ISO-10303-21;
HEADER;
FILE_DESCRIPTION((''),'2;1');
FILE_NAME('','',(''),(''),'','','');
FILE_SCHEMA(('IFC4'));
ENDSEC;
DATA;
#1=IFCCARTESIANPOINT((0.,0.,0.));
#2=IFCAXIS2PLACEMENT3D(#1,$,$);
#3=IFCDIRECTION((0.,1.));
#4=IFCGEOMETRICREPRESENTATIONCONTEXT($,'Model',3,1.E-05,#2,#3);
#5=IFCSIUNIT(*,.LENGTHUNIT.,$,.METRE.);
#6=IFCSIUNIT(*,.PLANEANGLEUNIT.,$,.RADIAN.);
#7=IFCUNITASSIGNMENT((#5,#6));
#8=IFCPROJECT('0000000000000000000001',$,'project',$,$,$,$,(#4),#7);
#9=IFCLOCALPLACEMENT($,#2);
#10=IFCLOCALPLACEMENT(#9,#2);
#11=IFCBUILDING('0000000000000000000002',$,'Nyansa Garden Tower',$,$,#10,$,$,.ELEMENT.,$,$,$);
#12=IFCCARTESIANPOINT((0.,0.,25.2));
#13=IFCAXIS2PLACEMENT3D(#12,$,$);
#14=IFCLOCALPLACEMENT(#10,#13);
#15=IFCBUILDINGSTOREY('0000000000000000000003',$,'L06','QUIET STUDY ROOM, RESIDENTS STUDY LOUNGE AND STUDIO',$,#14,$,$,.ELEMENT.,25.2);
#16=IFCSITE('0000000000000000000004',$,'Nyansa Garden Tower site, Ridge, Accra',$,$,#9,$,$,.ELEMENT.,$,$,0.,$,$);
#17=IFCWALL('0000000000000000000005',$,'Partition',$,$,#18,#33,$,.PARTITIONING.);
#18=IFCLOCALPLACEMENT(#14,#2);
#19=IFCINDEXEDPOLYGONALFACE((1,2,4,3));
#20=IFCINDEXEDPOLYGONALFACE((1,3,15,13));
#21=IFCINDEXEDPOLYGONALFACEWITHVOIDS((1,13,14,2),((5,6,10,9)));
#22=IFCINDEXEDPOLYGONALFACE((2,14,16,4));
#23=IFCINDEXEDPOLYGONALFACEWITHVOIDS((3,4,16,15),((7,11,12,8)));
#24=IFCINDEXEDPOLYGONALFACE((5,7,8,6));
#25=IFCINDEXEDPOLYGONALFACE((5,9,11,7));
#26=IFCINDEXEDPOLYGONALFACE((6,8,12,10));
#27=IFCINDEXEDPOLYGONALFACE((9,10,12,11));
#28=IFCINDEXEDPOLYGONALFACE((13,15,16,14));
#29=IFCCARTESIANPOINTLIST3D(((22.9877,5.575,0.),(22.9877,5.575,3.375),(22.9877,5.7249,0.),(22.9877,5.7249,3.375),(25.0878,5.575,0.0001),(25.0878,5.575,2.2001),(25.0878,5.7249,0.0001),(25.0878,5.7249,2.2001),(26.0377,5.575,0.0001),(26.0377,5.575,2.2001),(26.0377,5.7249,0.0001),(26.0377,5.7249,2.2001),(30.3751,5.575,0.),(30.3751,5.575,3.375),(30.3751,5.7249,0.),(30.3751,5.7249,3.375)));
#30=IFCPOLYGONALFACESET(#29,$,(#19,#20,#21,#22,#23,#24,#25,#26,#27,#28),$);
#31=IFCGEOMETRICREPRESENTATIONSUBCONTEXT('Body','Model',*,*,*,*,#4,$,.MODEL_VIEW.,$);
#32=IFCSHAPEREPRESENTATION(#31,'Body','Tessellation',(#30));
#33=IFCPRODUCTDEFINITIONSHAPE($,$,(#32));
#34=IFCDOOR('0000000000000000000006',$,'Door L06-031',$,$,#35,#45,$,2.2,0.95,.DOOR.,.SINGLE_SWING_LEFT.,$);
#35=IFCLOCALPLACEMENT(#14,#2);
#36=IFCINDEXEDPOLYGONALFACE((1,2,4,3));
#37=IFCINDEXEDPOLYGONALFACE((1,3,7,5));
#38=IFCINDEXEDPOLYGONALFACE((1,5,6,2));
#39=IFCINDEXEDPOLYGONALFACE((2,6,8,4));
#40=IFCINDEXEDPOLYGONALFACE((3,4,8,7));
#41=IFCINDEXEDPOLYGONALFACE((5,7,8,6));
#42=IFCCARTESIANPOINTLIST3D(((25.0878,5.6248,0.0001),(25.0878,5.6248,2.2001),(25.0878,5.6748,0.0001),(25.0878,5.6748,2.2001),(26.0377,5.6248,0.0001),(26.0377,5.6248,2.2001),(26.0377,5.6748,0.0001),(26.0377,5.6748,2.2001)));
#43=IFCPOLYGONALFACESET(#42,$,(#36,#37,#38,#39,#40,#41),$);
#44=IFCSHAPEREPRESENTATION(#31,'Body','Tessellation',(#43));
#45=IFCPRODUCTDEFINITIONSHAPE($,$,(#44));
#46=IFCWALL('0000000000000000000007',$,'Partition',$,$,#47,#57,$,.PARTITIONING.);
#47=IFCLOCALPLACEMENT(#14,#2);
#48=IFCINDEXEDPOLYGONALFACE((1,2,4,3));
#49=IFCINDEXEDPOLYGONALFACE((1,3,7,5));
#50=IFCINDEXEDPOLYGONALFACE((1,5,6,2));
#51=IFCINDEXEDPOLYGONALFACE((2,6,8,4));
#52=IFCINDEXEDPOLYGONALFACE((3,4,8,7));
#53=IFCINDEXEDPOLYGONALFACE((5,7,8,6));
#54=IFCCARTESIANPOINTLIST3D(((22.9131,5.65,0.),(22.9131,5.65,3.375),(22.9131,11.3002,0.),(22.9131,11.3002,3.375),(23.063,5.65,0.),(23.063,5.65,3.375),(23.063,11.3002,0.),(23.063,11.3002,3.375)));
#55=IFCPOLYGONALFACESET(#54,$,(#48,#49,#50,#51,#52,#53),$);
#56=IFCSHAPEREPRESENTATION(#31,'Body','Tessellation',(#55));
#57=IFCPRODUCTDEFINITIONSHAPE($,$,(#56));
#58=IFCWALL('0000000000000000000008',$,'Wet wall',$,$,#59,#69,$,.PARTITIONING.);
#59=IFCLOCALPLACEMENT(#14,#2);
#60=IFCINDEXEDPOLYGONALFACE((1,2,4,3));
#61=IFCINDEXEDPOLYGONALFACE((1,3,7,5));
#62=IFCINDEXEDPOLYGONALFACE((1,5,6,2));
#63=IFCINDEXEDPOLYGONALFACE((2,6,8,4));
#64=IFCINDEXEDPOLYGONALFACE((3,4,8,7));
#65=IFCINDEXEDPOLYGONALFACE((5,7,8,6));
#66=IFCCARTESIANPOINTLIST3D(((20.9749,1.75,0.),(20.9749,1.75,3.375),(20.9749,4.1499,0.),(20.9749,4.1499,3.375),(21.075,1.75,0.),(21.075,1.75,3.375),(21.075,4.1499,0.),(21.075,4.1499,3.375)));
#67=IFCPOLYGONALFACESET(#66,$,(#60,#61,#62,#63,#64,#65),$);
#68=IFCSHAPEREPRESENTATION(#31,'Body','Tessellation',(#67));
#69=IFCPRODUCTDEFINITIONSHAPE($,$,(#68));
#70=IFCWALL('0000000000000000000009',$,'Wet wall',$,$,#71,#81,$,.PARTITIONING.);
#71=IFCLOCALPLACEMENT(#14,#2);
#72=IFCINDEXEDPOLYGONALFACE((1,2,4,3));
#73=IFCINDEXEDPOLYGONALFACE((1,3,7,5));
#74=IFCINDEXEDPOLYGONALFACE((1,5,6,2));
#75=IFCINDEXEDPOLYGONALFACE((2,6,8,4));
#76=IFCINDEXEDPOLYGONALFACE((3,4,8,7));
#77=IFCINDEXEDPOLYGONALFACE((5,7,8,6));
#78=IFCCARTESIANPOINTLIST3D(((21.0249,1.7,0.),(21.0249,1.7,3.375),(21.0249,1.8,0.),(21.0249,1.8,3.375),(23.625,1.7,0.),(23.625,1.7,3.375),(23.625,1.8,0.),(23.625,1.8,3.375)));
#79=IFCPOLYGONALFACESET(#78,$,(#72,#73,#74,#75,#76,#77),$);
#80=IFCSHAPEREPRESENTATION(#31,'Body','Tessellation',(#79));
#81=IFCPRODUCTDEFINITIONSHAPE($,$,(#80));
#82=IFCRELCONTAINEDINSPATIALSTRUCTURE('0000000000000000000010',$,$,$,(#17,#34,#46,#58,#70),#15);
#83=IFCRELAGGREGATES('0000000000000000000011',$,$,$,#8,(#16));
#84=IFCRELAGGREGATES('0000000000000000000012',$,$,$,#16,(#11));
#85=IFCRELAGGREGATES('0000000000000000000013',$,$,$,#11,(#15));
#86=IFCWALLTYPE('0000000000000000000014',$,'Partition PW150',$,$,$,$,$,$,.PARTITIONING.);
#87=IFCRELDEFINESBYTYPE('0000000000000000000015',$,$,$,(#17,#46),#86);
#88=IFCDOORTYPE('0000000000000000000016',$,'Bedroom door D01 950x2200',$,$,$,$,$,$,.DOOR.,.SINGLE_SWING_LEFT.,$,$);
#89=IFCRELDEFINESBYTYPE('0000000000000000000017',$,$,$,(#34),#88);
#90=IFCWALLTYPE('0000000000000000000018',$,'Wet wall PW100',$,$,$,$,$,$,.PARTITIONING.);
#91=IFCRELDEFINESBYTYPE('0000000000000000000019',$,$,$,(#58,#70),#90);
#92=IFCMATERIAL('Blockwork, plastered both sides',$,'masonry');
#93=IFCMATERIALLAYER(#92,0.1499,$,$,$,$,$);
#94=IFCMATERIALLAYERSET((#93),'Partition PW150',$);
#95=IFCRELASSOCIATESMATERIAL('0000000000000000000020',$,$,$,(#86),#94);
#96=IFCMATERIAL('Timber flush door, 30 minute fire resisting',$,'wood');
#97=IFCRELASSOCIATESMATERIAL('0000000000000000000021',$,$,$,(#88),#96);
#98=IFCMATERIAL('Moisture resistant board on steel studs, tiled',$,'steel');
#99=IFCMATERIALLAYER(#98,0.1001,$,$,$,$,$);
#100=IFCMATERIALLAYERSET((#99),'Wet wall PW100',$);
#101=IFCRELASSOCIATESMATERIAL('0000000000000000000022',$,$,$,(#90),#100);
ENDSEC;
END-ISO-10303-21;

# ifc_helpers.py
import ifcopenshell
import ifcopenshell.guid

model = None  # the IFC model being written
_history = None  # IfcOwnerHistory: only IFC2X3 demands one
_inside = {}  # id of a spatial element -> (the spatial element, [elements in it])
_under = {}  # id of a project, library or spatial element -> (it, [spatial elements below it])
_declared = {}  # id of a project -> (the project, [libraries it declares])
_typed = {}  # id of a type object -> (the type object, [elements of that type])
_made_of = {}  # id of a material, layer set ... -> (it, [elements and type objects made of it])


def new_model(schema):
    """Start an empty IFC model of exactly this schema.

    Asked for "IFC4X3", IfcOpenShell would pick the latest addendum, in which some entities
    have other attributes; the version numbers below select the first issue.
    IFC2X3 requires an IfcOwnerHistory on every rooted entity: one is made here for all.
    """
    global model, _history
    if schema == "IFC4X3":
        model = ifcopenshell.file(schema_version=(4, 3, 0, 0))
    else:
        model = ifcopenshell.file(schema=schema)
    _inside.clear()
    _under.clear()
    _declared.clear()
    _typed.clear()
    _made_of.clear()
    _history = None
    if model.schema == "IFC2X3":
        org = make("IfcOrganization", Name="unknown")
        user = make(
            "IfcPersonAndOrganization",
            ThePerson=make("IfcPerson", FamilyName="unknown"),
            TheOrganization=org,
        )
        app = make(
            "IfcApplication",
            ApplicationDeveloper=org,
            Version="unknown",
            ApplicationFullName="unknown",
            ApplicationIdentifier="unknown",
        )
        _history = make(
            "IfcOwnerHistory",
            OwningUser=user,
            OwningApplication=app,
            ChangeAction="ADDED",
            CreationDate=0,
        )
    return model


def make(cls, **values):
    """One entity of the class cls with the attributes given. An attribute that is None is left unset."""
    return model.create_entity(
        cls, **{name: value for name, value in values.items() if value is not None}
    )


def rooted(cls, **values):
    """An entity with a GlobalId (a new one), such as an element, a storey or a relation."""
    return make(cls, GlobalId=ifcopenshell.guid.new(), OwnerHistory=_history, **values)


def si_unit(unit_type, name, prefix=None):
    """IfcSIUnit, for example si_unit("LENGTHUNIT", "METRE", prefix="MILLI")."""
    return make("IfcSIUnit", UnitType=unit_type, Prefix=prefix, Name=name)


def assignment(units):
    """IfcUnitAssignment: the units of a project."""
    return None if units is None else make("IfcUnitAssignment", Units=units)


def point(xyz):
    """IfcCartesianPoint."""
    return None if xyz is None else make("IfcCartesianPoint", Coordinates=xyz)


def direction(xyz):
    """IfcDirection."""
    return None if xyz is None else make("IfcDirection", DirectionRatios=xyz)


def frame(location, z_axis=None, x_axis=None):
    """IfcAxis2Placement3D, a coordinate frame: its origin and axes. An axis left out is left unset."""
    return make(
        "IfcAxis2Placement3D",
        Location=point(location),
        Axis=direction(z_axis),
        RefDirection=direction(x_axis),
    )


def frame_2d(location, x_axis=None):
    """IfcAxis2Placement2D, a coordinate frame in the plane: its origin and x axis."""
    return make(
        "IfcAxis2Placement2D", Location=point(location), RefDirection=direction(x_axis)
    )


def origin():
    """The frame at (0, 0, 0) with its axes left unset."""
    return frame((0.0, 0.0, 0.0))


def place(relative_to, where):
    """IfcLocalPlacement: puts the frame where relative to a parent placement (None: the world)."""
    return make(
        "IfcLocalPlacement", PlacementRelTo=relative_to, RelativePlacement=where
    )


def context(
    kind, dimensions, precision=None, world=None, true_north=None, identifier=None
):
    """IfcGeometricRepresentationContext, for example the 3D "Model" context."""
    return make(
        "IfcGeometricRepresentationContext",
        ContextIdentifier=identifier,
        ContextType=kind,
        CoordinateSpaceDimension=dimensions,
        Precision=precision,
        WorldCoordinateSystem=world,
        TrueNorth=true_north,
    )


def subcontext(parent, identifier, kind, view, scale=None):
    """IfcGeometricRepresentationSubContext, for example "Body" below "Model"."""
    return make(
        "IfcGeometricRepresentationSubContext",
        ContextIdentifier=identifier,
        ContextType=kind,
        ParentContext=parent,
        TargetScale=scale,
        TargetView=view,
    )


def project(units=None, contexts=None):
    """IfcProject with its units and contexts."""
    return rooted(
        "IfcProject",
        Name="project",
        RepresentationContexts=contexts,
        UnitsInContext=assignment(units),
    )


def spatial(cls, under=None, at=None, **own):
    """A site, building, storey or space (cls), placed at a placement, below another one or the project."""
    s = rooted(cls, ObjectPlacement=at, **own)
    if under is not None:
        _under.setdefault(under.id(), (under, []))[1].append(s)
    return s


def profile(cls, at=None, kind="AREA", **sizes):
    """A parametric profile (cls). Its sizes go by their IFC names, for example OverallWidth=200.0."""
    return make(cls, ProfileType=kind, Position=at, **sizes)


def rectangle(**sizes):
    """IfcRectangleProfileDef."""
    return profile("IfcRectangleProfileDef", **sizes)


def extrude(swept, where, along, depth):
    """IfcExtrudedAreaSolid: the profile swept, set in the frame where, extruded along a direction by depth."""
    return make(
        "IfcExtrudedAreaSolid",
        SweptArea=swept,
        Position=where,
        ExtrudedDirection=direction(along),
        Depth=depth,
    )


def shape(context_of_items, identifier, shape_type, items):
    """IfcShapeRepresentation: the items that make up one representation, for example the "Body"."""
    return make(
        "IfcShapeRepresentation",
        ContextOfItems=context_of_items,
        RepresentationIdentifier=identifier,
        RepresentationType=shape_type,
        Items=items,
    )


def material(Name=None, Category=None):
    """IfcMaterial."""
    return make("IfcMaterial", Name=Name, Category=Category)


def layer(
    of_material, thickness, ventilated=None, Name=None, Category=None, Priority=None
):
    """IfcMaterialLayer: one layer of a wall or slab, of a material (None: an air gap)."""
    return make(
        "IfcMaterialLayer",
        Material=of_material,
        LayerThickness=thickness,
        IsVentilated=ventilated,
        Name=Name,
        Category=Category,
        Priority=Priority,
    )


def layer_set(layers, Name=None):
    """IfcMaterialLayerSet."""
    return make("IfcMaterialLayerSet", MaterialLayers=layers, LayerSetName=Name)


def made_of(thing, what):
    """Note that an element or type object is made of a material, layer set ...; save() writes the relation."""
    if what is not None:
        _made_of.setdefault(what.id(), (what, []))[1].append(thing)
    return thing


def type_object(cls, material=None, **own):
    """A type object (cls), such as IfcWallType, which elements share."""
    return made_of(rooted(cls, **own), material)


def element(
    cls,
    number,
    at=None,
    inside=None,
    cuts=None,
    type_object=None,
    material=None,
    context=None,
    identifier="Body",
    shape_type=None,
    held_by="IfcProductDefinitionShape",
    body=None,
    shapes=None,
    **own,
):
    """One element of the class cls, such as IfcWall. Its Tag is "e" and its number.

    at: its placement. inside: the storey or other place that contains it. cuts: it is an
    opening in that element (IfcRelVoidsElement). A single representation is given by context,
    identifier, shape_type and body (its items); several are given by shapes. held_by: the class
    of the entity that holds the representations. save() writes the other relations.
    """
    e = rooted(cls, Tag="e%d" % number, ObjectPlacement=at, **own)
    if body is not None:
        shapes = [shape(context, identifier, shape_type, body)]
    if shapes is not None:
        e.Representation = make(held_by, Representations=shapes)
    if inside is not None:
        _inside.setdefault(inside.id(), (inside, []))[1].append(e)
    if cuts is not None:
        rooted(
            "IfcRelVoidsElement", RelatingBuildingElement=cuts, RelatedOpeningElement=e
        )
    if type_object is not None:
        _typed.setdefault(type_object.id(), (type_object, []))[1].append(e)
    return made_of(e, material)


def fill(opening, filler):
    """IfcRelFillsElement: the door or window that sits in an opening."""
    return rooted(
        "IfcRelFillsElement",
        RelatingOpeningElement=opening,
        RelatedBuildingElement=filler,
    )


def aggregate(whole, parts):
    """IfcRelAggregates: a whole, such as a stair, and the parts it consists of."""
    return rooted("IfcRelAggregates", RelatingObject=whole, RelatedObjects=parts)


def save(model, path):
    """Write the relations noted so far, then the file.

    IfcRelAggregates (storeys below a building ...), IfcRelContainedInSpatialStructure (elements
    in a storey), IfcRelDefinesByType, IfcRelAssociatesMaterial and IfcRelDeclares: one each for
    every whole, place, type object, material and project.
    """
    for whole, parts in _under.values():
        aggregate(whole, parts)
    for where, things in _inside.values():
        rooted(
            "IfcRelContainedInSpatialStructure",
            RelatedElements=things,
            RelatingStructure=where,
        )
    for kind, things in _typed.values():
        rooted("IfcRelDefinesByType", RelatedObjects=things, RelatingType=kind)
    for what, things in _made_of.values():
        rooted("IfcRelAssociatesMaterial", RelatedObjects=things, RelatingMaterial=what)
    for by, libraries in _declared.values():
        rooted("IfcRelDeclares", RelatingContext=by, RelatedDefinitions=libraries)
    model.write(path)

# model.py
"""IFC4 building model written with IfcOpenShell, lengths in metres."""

from ifc_helpers import new_model, si_unit, direction, frame, frame_2d, origin, place, context, subcontext, project, spatial, rectangle, extrude, material, layer, layer_set, type_object, element, fill, save


model = new_model("IFC4")

# Units and contexts
model_context = context("Model", 3, precision=1e-05, world=origin(), true_north=direction((0.0, 1.0)))
body_context = subcontext(model_context, "Body", "Model", "MODEL_VIEW")
ifc_project = project(units=[si_unit("LENGTHUNIT", "METRE"), si_unit("PLANEANGLEUNIT", "RADIAN")], contexts=[model_context])

# Site, building, storey
site_placement = place(None, origin())
site = spatial("IfcSite", under=ifc_project, at=site_placement, Name="Nyansa Garden Tower site, Ridge, Accra", CompositionType="ELEMENT", RefElevation=0.0)
building_placement = place(site_placement, origin())
building = spatial("IfcBuilding", under=site, at=building_placement, Name="Nyansa Garden Tower", CompositionType="ELEMENT")
storey_placement = place(building_placement, frame((0.0, 0.0, 25.2)))
storey = spatial("IfcBuildingStorey", under=building, at=storey_placement, Name="L06", Description="QUIET STUDY ROOM, RESIDENTS STUDY LOUNGE AND STUDIO", CompositionType="ELEMENT", Elevation=25.2)

# Shared definitions
ifc_material_1 = material(Name="Blockwork, plastered both sides", Category="masonry")
ifc_layer_1 = layer(ifc_material_1, 0.1499)
ifc_layer_set_1 = layer_set([ifc_layer_1], Name="Partition PW150")
wall_type_1 = type_object("IfcWallType", Name="Partition PW150", PredefinedType="PARTITIONING", material=ifc_layer_set_1)

# Wall, opening, door
wall_1_placement = place(storey_placement, frame((22.9875, 5.6499, 0.0), z_axis=(0.0, 0.0, 1.0), x_axis=(1.0, 0.0, 0.0)))
wall_1 = element("IfcWall", 1, at=wall_1_placement, inside=storey, type_object=wall_type_1, Name="Partition", PredefinedType="PARTITIONING", context=body_context, shape_type="SweptSolid", body=[
    extrude(rectangle(XDim=7.3875, YDim=0.1499, at=frame_2d((3.6938, 0.0))), origin(), (0.0, 0.0, 1.0), 3.375),
])
opening_1_placement = place(wall_1_placement, frame((2.1001, 0.0, 0.0)))
opening_1 = element("IfcOpeningElement", 2, at=opening_1_placement, cuts=wall_1, PredefinedType="OPENING", context=body_context, shape_type="SweptSolid", body=[
    extrude(rectangle(XDim=0.95, YDim=2.2, at=frame_2d((0.4751, 1.1001))), frame((0.0, 0.085, 0.0), z_axis=(0.0, -1.0, 0.0), x_axis=(1.0, 0.0, 0.0)), (0.0, 0.0, 1.0), 0.1699),
])
ifc_material_2 = material(Name="Timber flush door, 30 minute fire resisting", Category="wood")
door_type_1 = type_object("IfcDoorType", Name="Bedroom door D01 950x2200", OperationType="SINGLE_SWING_LEFT", PredefinedType="DOOR", material=ifc_material_2)
door_1_placement = place(opening_1_placement, origin())
door_1 = element("IfcDoor", 3, at=door_1_placement, inside=storey, type_object=door_type_1, Name="Door L06-031", OperationType="SINGLE_SWING_LEFT", OverallHeight=2.2, OverallWidth=0.95, PredefinedType="DOOR", context=body_context, shape_type="SweptSolid", body=[
    extrude(rectangle(XDim=0.95, YDim=2.2, at=frame_2d((0.4751, 1.1001))), frame((0.0, 0.0249, 0.0), z_axis=(0.0, -1.0, 0.0), x_axis=(1.0, 0.0, 0.0)), (0.0, 0.0, 1.0), 0.05),
])
fill(opening_1, door_1)

# Walls
wall_2_placement = place(storey_placement, frame((22.988, 5.6499, 0.0), z_axis=(0.0, 0.0, 1.0), x_axis=(0.0, 1.0, 0.0)))
element("IfcWall", 4, at=wall_2_placement, inside=storey, type_object=wall_type_1, Name="Partition", PredefinedType="PARTITIONING", context=body_context, shape_type="SweptSolid", body=[
    extrude(rectangle(XDim=5.6501, YDim=0.1499, at=frame_2d((2.8252, 0.0))), origin(), (0.0, 0.0, 1.0), 3.375),
])
ifc_material_3 = material(Name="Moisture resistant board on steel studs, tiled", Category="steel")
ifc_layer_2 = layer(ifc_material_3, 0.1001)
ifc_layer_set_2 = layer_set([ifc_layer_2], Name="Wet wall PW100")
wall_type_2 = type_object("IfcWallType", Name="Wet wall PW100", PredefinedType="PARTITIONING", material=ifc_layer_set_2)
wall_3_placement = place(storey_placement, frame((21.0249, 1.75, 0.0), z_axis=(0.0, 0.0, 1.0), x_axis=(0.0, 1.0, 0.0)))
element("IfcWall", 5, at=wall_3_placement, inside=storey, type_object=wall_type_2, Name="Wet wall", PredefinedType="PARTITIONING", context=body_context, shape_type="SweptSolid", body=[
    extrude(rectangle(XDim=2.3999, YDim=0.1001, at=frame_2d((1.2, 0.0))), origin(), (0.0, 0.0, 1.0), 3.375),
])
wall_4_placement = place(storey_placement, frame((21.0249, 1.75, 0.0), z_axis=(0.0, 0.0, 1.0), x_axis=(1.0, 0.0, 0.0)))
element("IfcWall", 6, at=wall_4_placement, inside=storey, type_object=wall_type_2, Name="Wet wall", PredefinedType="PARTITIONING", context=body_context, shape_type="SweptSolid", body=[
    extrude(rectangle(XDim=2.6001, YDim=0.1001, at=frame_2d((1.3, 0.0))), origin(), (0.0, 0.0, 1.0), 3.375),
])

save(model, "model.ifc")
